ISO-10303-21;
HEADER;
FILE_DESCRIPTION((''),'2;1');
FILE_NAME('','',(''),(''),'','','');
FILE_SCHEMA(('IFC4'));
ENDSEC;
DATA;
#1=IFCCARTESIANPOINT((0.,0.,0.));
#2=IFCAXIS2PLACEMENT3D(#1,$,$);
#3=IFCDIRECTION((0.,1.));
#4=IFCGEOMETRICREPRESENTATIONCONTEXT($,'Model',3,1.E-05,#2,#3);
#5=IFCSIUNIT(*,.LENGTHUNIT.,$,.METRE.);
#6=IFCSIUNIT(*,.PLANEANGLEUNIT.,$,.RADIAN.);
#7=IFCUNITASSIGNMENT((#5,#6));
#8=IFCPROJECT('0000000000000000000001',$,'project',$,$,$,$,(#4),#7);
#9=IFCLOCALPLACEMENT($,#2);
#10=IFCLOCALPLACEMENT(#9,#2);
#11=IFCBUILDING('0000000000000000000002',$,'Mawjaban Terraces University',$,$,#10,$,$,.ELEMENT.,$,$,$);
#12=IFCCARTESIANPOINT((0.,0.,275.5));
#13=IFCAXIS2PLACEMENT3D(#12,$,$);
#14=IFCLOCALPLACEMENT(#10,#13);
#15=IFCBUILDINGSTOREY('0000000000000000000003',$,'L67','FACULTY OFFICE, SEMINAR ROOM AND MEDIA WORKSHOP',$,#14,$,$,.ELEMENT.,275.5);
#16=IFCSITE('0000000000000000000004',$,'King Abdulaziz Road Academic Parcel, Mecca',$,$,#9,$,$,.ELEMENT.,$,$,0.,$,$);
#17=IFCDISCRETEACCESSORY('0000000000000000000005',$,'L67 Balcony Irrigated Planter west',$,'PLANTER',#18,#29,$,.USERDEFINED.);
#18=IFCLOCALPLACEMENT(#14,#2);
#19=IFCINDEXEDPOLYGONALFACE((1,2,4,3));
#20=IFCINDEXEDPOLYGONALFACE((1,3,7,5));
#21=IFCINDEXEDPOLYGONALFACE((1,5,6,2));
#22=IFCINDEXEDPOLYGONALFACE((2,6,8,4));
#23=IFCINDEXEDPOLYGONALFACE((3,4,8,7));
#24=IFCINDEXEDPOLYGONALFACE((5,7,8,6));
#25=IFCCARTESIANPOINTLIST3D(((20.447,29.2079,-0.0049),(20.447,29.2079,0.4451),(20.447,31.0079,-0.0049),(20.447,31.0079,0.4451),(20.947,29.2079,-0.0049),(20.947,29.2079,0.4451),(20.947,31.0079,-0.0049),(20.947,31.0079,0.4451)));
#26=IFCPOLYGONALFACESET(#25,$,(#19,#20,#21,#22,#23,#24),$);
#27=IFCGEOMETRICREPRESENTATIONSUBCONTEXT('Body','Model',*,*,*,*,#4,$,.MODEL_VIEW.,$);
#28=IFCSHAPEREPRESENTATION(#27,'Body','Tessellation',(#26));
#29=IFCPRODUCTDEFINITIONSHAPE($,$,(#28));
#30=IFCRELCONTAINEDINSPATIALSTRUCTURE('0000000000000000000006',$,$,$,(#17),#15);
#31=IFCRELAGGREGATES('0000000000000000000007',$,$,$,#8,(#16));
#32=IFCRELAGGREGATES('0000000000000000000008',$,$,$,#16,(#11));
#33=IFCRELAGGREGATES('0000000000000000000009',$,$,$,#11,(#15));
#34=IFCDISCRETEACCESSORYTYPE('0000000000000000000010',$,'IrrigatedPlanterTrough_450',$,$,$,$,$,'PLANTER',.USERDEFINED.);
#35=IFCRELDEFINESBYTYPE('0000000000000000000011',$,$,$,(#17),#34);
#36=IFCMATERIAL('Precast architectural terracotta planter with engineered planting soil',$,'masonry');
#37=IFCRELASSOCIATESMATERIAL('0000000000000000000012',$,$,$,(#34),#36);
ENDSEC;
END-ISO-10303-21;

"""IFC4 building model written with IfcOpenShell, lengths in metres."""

from ifc_helpers import new_model, si_unit, direction, frame, origin, origin_2d, place, context, subcontext, project, spatial, rectangle, extrude, material, type_object, element, save


model = new_model("IFC4")

# Units and contexts
model_context = context("Model", 3, precision=1e-05, world=origin(), true_north=direction((0.0, 1.0)))
body_context = subcontext(model_context, "Body", "Model", "MODEL_VIEW")
ifc_project = project(units=[si_unit("LENGTHUNIT", "METRE"), si_unit("PLANEANGLEUNIT", "RADIAN")], contexts=[model_context])

# Site, building, storey
site_placement = place(None, origin())
site = spatial("IfcSite", under=ifc_project, at=site_placement, Name="King Abdulaziz Road Academic Parcel, Mecca", CompositionType="ELEMENT", RefElevation=0.0)
building_placement = place(site_placement, origin())
building = spatial("IfcBuilding", under=site, at=building_placement, Name="Mawjaban Terraces University", CompositionType="ELEMENT")
storey_placement = place(building_placement, frame((0.0, 0.0, 275.5)))
storey = spatial("IfcBuildingStorey", under=building, at=storey_placement, Name="L67", Description="FACULTY OFFICE, SEMINAR ROOM AND MEDIA WORKSHOP", CompositionType="ELEMENT", Elevation=275.5)

# Discrete accessory
ifc_material_1 = material(Name="Precast architectural terracotta planter with engineered planting soil", Category="masonry")
discrete_accessory_type_1 = type_object("IfcDiscreteAccessoryType", Name="IrrigatedPlanterTrough_450", ElementType="PLANTER", PredefinedType="USERDEFINED", material=ifc_material_1)
discrete_accessory_1_placement = place(storey_placement, frame((20.697, 30.1079, -0.0049), z_axis=(0.0, 0.0, 1.0), x_axis=(0.0, 1.0, 0.0)))
element("IfcDiscreteAccessory", 1, at=discrete_accessory_1_placement, inside=storey, type_object=discrete_accessory_type_1, Name="L67 Balcony Irrigated Planter west", ObjectType="PLANTER", PredefinedType="USERDEFINED", context=body_context, shape_type="SweptSolid", body=[
    extrude(rectangle(XDim=1.8, YDim=0.5, at=origin_2d()), origin(), (0.0, 0.0, 1.0), 0.45),
])

save(model, "model.ifc")
